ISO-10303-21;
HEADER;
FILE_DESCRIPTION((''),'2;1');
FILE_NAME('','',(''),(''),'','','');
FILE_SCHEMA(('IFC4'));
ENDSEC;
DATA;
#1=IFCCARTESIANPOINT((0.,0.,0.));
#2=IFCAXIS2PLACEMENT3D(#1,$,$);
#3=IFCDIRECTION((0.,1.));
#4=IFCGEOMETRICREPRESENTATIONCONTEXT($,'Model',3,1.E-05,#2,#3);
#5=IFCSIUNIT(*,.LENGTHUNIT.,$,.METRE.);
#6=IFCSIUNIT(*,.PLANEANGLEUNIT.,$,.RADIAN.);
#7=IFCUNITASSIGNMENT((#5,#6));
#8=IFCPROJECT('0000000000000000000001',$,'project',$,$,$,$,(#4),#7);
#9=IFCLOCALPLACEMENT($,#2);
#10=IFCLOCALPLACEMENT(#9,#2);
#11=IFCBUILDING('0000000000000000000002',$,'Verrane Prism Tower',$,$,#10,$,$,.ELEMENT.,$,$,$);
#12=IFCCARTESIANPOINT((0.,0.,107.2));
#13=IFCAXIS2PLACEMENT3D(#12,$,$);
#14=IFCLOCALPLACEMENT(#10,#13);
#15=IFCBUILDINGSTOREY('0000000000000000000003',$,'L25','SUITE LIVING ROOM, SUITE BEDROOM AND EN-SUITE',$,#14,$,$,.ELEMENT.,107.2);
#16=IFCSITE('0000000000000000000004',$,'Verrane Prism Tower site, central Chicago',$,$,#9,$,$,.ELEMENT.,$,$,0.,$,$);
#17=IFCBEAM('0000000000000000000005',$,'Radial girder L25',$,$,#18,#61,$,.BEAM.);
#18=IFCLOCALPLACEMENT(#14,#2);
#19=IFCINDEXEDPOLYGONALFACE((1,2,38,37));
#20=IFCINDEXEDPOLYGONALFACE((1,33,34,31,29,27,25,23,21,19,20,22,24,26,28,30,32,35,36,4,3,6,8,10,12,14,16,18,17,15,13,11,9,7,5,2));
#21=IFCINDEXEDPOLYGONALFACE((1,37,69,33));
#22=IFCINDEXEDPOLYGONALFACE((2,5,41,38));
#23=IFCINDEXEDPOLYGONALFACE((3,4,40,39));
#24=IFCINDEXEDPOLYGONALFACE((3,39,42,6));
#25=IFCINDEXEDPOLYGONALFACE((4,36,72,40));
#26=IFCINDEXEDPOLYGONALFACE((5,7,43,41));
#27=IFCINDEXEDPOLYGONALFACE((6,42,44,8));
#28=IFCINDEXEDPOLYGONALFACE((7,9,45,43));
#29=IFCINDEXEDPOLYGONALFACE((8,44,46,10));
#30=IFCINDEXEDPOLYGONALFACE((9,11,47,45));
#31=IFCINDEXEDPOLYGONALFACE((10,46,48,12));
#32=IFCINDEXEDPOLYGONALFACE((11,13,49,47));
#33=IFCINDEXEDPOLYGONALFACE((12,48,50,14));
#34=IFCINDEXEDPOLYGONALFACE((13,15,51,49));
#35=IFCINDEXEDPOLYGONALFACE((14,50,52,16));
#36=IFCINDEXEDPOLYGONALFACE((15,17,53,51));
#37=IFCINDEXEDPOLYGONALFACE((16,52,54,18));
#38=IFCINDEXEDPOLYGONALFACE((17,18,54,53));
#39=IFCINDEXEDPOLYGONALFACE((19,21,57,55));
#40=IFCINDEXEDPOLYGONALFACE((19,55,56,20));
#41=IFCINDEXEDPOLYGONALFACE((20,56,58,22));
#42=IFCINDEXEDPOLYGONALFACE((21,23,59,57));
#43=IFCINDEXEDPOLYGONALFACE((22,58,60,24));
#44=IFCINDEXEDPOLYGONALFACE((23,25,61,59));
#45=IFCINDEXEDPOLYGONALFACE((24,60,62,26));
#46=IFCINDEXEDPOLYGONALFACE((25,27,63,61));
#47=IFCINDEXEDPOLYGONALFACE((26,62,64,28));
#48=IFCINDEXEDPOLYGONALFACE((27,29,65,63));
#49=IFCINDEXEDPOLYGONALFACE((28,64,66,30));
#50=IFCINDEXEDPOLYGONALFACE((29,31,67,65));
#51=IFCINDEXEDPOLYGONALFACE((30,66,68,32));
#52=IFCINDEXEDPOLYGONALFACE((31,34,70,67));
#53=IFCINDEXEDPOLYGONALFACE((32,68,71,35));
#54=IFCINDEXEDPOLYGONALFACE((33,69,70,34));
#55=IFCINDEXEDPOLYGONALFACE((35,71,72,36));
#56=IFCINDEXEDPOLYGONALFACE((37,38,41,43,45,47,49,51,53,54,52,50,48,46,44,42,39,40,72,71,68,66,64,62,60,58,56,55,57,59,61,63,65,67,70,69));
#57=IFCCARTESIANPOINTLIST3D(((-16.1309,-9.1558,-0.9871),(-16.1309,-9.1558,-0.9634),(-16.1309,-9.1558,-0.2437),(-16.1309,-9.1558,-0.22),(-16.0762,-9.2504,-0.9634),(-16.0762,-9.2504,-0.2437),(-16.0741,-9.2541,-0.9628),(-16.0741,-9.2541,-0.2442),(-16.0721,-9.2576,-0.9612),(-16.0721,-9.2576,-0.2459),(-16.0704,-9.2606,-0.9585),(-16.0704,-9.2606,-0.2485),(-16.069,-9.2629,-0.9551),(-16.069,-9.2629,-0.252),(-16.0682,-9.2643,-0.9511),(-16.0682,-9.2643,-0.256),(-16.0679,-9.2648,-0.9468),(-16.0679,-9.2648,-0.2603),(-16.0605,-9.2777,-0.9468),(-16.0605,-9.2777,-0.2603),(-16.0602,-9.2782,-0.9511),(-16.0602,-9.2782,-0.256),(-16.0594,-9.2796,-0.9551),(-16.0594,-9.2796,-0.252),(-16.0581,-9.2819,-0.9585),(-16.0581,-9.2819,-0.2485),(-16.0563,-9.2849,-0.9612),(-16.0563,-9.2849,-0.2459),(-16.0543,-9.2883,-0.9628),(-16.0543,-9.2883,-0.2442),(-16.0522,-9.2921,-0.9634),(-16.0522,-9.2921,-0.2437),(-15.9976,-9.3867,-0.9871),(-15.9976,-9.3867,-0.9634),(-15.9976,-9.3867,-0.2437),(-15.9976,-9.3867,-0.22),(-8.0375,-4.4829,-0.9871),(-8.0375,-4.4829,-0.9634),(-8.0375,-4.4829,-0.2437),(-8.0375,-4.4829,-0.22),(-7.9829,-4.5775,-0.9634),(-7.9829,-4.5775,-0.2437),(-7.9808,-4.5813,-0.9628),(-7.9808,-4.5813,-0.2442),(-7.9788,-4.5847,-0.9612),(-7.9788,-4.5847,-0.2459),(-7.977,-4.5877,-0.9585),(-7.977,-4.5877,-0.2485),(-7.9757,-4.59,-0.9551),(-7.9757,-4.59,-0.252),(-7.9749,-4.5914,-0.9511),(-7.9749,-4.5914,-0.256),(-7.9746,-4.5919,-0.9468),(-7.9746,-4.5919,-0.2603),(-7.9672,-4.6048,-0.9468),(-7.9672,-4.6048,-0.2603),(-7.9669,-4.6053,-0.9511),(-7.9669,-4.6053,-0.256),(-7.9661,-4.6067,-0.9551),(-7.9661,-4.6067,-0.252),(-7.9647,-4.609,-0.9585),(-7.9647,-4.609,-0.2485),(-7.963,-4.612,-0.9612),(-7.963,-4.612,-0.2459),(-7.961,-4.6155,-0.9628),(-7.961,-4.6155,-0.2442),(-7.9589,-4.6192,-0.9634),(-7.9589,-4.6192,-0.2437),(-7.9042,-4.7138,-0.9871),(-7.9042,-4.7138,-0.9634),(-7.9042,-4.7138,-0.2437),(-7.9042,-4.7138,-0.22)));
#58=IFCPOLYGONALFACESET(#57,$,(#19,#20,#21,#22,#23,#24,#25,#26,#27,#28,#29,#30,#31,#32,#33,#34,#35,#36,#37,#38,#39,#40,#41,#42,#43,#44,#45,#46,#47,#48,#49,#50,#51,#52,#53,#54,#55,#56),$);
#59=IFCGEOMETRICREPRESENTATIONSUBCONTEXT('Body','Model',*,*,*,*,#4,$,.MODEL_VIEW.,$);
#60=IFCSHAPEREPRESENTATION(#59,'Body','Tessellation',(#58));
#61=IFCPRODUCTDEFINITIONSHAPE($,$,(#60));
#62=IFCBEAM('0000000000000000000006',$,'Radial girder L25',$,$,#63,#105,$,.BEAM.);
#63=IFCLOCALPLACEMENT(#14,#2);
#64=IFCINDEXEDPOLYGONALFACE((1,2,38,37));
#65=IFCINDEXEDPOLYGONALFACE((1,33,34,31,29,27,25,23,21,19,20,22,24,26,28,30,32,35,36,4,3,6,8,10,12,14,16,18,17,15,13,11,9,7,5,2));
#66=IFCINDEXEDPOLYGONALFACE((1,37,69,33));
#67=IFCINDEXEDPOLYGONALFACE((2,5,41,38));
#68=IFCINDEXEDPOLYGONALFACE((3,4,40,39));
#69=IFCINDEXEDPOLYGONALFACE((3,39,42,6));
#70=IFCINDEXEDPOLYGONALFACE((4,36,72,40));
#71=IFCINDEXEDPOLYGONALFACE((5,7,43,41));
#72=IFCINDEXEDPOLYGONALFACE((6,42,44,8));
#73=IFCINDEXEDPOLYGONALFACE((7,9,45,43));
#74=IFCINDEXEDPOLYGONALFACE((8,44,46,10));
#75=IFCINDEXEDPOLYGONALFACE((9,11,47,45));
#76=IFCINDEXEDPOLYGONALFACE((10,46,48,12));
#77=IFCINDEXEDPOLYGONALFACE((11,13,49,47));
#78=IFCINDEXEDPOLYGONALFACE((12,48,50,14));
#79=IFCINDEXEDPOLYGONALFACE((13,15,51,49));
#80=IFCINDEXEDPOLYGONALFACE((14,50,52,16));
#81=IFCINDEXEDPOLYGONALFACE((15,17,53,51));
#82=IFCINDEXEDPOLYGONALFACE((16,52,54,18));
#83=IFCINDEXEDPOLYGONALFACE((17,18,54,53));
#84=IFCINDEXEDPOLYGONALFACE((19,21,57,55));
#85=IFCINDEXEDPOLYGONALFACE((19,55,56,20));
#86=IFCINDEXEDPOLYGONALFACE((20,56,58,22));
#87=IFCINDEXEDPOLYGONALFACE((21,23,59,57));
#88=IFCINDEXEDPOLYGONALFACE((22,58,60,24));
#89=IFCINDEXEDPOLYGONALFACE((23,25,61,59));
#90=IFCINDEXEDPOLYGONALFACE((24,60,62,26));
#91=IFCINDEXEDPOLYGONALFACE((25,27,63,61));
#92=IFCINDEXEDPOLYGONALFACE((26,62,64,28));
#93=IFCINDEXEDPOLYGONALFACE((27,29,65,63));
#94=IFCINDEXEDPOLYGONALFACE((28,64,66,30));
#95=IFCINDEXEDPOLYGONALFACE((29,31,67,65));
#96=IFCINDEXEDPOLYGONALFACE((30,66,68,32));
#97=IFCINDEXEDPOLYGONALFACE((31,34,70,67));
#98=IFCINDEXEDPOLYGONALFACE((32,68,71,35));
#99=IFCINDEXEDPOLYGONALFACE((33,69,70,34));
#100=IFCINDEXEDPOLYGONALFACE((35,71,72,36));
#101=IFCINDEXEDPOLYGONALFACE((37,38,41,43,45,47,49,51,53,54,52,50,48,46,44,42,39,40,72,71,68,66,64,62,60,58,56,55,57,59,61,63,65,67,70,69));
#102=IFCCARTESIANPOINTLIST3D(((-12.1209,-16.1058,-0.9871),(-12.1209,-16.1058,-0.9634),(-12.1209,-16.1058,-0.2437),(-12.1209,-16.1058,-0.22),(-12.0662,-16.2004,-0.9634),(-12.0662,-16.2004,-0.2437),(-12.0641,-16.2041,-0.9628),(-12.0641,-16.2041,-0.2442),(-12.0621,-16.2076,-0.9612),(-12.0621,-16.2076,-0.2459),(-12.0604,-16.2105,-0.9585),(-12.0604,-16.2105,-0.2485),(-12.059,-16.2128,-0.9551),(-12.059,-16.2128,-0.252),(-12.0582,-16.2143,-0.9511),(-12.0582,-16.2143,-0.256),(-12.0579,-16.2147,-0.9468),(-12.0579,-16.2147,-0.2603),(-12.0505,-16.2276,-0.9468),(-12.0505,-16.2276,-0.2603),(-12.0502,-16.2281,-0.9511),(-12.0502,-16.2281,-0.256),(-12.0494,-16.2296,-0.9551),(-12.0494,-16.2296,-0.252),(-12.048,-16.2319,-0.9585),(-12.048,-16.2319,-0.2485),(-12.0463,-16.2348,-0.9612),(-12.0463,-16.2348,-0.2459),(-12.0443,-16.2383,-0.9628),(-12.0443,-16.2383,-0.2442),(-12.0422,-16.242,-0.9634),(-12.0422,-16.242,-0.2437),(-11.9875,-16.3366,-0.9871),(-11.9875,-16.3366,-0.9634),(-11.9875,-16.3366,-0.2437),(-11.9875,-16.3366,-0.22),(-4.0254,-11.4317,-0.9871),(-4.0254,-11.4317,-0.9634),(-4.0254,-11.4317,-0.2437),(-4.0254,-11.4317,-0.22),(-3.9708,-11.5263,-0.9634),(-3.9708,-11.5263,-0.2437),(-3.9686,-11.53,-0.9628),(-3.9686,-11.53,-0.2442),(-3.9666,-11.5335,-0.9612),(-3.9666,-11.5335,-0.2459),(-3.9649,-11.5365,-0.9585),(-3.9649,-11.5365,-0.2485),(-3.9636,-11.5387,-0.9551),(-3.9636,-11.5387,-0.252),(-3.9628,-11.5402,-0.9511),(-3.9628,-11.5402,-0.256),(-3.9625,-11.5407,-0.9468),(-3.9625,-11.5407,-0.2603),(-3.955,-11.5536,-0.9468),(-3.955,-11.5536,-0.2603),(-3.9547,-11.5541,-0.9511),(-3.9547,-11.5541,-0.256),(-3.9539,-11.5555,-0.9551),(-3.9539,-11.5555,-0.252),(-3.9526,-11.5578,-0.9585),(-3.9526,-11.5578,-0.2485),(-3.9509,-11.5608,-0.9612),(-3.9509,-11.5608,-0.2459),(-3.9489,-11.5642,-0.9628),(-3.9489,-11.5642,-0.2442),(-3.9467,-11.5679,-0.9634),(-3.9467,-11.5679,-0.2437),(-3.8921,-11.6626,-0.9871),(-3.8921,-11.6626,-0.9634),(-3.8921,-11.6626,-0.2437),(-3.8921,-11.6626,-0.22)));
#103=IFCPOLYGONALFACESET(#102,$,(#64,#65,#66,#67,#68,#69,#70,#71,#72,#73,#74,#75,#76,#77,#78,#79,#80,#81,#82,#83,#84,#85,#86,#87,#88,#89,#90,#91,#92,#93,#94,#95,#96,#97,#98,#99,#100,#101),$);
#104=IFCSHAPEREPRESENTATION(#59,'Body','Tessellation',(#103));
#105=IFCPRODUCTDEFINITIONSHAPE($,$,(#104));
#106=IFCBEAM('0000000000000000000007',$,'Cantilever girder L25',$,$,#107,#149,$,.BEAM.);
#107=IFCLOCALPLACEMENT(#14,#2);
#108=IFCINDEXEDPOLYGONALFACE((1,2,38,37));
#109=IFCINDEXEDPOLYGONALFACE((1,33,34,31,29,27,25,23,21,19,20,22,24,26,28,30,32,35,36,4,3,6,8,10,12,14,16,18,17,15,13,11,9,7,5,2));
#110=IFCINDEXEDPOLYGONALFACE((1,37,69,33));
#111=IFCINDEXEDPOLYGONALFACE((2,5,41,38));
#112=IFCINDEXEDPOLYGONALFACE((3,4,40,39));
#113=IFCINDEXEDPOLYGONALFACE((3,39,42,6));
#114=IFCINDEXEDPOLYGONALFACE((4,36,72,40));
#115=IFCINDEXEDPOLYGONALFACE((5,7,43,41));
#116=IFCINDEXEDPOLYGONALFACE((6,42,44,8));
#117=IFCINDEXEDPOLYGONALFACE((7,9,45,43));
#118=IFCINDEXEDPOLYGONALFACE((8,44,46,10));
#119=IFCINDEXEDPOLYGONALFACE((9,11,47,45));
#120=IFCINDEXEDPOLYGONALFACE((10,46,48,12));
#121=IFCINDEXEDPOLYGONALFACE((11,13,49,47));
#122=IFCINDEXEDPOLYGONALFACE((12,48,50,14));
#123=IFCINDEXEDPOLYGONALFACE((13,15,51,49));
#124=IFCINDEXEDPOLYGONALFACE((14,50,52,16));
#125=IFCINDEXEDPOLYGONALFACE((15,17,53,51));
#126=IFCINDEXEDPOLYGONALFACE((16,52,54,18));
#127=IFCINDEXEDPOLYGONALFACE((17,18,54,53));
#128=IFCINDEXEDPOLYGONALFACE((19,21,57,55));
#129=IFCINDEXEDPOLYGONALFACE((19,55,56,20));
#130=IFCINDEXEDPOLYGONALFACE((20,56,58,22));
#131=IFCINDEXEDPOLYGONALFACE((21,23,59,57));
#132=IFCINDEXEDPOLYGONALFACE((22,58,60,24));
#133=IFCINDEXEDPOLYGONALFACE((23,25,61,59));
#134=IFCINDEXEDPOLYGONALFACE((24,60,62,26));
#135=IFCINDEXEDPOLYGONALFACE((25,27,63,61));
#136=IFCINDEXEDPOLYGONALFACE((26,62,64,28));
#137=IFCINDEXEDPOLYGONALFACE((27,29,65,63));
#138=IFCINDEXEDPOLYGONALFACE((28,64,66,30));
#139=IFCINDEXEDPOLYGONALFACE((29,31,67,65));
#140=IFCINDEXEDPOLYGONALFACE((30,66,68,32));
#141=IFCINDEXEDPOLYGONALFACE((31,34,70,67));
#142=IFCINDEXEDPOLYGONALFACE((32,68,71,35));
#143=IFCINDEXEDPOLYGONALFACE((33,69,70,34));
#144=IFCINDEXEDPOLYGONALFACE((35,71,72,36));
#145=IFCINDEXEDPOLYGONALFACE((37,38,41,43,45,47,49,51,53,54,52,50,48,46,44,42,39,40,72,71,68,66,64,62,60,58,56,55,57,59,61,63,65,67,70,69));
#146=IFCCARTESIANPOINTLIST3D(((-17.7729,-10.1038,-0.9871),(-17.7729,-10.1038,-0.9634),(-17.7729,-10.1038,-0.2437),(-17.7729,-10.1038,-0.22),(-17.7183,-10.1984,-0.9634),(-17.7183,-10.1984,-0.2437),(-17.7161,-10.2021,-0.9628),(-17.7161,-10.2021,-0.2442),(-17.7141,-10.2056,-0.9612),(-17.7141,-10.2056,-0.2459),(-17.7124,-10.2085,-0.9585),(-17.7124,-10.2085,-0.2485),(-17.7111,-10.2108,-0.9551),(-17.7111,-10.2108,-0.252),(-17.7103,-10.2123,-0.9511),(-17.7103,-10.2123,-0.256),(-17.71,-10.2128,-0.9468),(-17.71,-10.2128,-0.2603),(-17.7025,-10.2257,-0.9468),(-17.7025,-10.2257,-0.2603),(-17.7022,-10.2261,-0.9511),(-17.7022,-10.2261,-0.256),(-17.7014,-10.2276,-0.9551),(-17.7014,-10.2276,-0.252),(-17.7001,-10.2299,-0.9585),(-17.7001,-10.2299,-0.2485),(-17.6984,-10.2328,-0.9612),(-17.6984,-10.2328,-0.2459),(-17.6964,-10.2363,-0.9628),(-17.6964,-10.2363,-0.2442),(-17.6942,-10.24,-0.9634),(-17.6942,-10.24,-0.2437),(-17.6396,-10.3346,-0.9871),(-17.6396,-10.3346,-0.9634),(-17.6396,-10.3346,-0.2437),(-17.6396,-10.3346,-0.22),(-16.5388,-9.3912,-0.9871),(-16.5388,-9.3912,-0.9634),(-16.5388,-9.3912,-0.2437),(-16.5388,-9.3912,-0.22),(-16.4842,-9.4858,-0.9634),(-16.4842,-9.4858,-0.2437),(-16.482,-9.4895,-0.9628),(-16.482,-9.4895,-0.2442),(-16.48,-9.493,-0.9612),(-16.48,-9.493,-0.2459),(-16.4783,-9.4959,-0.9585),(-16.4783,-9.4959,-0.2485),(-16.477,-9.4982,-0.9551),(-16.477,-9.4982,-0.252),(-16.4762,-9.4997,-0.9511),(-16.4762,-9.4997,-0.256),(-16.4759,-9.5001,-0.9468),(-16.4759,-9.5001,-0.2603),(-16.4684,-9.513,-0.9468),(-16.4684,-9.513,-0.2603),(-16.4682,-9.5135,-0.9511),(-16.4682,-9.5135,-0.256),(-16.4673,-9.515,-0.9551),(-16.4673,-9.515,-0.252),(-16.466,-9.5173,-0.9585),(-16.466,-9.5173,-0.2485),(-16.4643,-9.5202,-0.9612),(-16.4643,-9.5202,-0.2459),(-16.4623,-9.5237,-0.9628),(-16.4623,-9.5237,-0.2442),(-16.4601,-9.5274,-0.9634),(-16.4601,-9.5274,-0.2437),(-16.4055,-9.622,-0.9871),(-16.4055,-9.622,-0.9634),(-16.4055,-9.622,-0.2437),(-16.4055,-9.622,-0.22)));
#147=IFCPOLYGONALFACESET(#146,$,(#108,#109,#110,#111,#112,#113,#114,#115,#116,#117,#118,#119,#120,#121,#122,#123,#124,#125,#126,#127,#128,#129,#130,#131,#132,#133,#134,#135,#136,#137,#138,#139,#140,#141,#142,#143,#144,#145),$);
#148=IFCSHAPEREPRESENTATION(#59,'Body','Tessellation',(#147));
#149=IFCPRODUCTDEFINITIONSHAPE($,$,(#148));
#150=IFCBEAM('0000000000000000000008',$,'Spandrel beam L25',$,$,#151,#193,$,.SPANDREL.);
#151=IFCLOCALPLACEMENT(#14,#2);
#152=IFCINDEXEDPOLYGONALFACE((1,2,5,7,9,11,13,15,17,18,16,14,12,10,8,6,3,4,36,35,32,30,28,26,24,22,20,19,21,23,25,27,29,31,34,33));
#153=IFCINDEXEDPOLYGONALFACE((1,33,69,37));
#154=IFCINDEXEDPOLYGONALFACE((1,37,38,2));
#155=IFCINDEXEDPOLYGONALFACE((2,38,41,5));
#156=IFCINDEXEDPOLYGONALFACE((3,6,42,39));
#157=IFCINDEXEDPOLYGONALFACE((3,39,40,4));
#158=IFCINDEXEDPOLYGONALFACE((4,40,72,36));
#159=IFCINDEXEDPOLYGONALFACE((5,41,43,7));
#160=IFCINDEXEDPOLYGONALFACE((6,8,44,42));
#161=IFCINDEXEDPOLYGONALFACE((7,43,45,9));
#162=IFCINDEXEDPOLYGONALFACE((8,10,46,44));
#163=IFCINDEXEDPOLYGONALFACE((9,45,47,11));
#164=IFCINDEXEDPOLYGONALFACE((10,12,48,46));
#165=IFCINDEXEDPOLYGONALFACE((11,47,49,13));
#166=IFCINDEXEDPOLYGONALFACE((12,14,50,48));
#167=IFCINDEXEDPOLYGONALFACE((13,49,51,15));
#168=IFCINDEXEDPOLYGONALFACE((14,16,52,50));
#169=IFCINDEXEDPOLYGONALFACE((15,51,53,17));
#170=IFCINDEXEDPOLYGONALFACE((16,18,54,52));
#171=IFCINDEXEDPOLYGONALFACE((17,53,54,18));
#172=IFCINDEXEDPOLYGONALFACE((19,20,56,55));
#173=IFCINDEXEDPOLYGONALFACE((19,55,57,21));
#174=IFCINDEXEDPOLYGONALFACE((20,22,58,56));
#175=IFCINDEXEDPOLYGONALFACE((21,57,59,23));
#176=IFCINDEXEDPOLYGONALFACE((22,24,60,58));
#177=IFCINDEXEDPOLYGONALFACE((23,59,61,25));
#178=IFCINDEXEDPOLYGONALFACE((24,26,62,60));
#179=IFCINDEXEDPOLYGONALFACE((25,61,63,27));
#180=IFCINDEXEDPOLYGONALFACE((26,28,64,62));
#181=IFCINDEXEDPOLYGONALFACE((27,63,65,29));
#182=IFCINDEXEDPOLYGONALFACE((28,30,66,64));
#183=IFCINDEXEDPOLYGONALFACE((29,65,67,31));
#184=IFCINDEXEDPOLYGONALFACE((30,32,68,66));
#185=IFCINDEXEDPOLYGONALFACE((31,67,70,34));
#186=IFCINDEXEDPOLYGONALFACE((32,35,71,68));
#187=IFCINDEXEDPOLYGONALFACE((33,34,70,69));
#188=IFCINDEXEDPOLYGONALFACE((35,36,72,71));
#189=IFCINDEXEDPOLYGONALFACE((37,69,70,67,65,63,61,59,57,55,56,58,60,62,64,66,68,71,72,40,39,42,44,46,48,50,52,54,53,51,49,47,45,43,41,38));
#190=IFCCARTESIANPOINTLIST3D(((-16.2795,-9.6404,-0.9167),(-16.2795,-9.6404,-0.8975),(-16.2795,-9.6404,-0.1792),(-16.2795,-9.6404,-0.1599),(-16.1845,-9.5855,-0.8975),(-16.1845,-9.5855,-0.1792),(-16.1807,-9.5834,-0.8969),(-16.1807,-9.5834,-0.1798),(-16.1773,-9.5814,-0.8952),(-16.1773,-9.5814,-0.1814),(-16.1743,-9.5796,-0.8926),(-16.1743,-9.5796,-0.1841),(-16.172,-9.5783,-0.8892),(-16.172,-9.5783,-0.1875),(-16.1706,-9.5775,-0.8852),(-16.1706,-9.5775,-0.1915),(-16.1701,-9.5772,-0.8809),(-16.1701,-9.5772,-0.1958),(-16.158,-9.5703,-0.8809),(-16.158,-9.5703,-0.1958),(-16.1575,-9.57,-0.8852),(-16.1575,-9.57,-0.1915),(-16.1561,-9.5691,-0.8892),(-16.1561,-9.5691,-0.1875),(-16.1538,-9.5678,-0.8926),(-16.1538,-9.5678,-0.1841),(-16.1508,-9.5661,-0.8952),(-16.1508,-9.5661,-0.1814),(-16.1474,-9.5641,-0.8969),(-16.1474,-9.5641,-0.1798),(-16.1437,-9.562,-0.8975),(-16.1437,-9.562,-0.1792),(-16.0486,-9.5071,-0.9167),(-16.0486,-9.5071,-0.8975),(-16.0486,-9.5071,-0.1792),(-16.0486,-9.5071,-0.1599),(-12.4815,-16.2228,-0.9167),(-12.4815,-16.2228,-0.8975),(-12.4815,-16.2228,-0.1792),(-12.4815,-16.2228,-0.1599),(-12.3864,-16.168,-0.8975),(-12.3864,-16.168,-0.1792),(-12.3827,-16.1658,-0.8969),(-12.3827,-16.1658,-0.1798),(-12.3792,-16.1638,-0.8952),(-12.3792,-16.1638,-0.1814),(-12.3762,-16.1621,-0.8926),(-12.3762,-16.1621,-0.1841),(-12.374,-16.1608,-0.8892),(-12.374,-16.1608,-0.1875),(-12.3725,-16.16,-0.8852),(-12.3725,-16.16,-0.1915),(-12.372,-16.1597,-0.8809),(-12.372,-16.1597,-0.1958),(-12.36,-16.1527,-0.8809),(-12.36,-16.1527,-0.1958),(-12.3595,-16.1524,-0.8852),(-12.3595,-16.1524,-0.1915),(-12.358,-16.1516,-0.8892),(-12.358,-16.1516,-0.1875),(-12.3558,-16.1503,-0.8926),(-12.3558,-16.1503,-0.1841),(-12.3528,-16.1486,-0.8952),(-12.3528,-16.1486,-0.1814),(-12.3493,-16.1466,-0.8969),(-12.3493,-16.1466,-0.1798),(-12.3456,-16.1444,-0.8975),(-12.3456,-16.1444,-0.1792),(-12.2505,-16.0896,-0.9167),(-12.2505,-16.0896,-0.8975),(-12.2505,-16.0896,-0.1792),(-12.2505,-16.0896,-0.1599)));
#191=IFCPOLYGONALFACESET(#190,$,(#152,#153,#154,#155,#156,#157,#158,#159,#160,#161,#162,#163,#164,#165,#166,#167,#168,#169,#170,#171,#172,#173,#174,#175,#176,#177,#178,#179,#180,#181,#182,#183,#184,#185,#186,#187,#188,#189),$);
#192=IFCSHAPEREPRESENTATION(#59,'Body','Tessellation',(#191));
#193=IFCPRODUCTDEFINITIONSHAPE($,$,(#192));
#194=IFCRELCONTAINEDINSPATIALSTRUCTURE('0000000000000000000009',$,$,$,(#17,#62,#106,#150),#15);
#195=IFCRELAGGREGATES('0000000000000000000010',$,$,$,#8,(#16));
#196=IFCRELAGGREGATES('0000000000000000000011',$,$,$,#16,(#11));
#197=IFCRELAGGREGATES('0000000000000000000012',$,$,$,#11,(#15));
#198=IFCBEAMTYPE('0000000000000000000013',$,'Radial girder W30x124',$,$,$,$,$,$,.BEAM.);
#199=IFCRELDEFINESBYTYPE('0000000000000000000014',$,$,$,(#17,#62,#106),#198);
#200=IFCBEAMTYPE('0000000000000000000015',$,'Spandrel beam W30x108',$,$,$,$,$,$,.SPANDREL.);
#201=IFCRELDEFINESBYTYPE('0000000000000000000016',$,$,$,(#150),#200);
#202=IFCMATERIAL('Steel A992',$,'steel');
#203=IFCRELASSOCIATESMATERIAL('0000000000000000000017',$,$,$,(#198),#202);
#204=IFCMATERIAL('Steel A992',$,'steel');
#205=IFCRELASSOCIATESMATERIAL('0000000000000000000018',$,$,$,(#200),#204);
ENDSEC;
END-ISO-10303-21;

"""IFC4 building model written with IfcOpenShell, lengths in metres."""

from ifc_helpers import new_model, si_unit, direction, frame, origin, origin_2d, place, context, subcontext, project, spatial, i_section, extrude, material, material_profile, profile_set, type_object, element, save


model = new_model("IFC4")

# Units and contexts
model_context = context("Model", 3, precision=1e-05, world=origin(), true_north=direction((0.0, 1.0)))
body_context = subcontext(model_context, "Body", "Model", "MODEL_VIEW")
ifc_project = project(units=[si_unit("LENGTHUNIT", "METRE"), si_unit("PLANEANGLEUNIT", "RADIAN")], contexts=[model_context])

# Site, building, storey
site_placement = place(None, origin())
site = spatial("IfcSite", under=ifc_project, at=site_placement, Name="Verrane Prism Tower site, central Chicago", CompositionType="ELEMENT", RefElevation=0.0)
building_placement = place(site_placement, origin())
building = spatial("IfcBuilding", under=site, at=building_placement, Name="Verrane Prism Tower", CompositionType="ELEMENT")
storey_placement = place(building_placement, frame((0.0, 0.0, 107.2)))
storey = spatial("IfcBuildingStorey", under=building, at=storey_placement, Name="L25", Description="SUITE LIVING ROOM, SUITE BEDROOM AND EN-SUITE", CompositionType="ELEMENT", Elevation=107.2)

# Beams
ifc_material_1 = material(Name="Steel A992", Category="steel")
ifc_material_profile_1 = material_profile(ifc_material_1, i_section(OverallWidth=0.2666, OverallDepth=0.7671, WebThickness=0.0149, FlangeThickness=0.0237, FilletRadius=0.0166, at=origin_2d()), Name="W30x124")
ifc_profile_set_1 = profile_set([ifc_material_profile_1], Name="Steel A992")
beam_type_1 = type_object("IfcBeamType", Name="Radial girder W30x124", PredefinedType="BEAM", material=ifc_profile_set_1)
beam_1_placement = place(storey_placement, frame((-16.0642, -9.2712, -0.6035), z_axis=(0.866016, 0.500016, 0.0), x_axis=(-0.500016, 0.866016, 0.0)))
element("IfcBeam", 1, at=beam_1_placement, inside=storey, type_object=beam_type_1, Name="Radial girder L25", PredefinedType="BEAM", context=body_context, shape_type="SweptSolid", body=[
    extrude(i_section(OverallWidth=0.2666, OverallDepth=0.7671, WebThickness=0.0149, FlangeThickness=0.0237, FilletRadius=0.0166, at=origin_2d()), origin(), (0.0, 0.0, 1.0), 9.3455),
])
beam_2_placement = place(storey_placement, frame((-12.0542, -16.2212, -0.6035), z_axis=(0.866018, 0.500013, 0.0), x_axis=(-0.500013, 0.866018, 0.0)))
element("IfcBeam", 2, at=beam_2_placement, inside=storey, type_object=beam_type_1, Name="Radial girder L25", PredefinedType="BEAM", context=body_context, shape_type="SweptSolid", body=[
    extrude(i_section(OverallWidth=0.2666, OverallDepth=0.7671, WebThickness=0.0149, FlangeThickness=0.0237, FilletRadius=0.0166, at=origin_2d()), origin(), (0.0, 0.0, 1.0), 9.3479),
])
beam_3_placement = place(storey_placement, frame((-16.4722, -9.5066, -0.6035), z_axis=(-0.865989, -0.500064, 0.0), x_axis=(0.500064, -0.865989, 0.0)))
element("IfcBeam", 3, at=beam_3_placement, inside=storey, type_object=beam_type_1, Name="Cantilever girder L25", PredefinedType="BEAM", context=body_context, shape_type="SweptSolid", body=[
    extrude(i_section(OverallWidth=0.2666, OverallDepth=0.7671, WebThickness=0.0149, FlangeThickness=0.0237, FilletRadius=0.0166, at=origin_2d()), origin(), (0.0, 0.0, 1.0), 1.425),
])
ifc_material_2 = material(Name="Steel A992", Category="steel")
ifc_material_profile_2 = material_profile(ifc_material_2, i_section(OverallWidth=0.2666, OverallDepth=0.7568, WebThickness=0.0139, FlangeThickness=0.0193, FilletRadius=0.0166, at=origin_2d()), Name="W30x108")
ifc_profile_set_2 = profile_set([ifc_material_profile_2], Name="Steel A992")
beam_type_2 = type_object("IfcBeamType", Name="Spandrel beam W30x108", PredefinedType="SPANDREL", material=ifc_profile_set_2)
for number, where, z_axis, x_axis, name in (
    (4, (-16.1641, -9.5737, -0.5383), (0.499771, -0.866158, 0.0), (0.866158, 0.499771, 0.0), "Spandrel beam L25"),
):
    element("IfcBeam", number, at=place(storey_placement, frame(where, z_axis=z_axis, x_axis=x_axis)), inside=storey, type_object=beam_type_2, Name=name, PredefinedType="SPANDREL", context=body_context, shape_type="SweptSolid", body=[
        extrude(i_section(OverallWidth=0.2666, OverallDepth=0.7568, WebThickness=0.0139, FlangeThickness=0.0193, FilletRadius=0.0166, at=origin_2d()), origin(), (0.0, 0.0, 1.0), 7.5996),
    ])

save(model, "model.ifc")
